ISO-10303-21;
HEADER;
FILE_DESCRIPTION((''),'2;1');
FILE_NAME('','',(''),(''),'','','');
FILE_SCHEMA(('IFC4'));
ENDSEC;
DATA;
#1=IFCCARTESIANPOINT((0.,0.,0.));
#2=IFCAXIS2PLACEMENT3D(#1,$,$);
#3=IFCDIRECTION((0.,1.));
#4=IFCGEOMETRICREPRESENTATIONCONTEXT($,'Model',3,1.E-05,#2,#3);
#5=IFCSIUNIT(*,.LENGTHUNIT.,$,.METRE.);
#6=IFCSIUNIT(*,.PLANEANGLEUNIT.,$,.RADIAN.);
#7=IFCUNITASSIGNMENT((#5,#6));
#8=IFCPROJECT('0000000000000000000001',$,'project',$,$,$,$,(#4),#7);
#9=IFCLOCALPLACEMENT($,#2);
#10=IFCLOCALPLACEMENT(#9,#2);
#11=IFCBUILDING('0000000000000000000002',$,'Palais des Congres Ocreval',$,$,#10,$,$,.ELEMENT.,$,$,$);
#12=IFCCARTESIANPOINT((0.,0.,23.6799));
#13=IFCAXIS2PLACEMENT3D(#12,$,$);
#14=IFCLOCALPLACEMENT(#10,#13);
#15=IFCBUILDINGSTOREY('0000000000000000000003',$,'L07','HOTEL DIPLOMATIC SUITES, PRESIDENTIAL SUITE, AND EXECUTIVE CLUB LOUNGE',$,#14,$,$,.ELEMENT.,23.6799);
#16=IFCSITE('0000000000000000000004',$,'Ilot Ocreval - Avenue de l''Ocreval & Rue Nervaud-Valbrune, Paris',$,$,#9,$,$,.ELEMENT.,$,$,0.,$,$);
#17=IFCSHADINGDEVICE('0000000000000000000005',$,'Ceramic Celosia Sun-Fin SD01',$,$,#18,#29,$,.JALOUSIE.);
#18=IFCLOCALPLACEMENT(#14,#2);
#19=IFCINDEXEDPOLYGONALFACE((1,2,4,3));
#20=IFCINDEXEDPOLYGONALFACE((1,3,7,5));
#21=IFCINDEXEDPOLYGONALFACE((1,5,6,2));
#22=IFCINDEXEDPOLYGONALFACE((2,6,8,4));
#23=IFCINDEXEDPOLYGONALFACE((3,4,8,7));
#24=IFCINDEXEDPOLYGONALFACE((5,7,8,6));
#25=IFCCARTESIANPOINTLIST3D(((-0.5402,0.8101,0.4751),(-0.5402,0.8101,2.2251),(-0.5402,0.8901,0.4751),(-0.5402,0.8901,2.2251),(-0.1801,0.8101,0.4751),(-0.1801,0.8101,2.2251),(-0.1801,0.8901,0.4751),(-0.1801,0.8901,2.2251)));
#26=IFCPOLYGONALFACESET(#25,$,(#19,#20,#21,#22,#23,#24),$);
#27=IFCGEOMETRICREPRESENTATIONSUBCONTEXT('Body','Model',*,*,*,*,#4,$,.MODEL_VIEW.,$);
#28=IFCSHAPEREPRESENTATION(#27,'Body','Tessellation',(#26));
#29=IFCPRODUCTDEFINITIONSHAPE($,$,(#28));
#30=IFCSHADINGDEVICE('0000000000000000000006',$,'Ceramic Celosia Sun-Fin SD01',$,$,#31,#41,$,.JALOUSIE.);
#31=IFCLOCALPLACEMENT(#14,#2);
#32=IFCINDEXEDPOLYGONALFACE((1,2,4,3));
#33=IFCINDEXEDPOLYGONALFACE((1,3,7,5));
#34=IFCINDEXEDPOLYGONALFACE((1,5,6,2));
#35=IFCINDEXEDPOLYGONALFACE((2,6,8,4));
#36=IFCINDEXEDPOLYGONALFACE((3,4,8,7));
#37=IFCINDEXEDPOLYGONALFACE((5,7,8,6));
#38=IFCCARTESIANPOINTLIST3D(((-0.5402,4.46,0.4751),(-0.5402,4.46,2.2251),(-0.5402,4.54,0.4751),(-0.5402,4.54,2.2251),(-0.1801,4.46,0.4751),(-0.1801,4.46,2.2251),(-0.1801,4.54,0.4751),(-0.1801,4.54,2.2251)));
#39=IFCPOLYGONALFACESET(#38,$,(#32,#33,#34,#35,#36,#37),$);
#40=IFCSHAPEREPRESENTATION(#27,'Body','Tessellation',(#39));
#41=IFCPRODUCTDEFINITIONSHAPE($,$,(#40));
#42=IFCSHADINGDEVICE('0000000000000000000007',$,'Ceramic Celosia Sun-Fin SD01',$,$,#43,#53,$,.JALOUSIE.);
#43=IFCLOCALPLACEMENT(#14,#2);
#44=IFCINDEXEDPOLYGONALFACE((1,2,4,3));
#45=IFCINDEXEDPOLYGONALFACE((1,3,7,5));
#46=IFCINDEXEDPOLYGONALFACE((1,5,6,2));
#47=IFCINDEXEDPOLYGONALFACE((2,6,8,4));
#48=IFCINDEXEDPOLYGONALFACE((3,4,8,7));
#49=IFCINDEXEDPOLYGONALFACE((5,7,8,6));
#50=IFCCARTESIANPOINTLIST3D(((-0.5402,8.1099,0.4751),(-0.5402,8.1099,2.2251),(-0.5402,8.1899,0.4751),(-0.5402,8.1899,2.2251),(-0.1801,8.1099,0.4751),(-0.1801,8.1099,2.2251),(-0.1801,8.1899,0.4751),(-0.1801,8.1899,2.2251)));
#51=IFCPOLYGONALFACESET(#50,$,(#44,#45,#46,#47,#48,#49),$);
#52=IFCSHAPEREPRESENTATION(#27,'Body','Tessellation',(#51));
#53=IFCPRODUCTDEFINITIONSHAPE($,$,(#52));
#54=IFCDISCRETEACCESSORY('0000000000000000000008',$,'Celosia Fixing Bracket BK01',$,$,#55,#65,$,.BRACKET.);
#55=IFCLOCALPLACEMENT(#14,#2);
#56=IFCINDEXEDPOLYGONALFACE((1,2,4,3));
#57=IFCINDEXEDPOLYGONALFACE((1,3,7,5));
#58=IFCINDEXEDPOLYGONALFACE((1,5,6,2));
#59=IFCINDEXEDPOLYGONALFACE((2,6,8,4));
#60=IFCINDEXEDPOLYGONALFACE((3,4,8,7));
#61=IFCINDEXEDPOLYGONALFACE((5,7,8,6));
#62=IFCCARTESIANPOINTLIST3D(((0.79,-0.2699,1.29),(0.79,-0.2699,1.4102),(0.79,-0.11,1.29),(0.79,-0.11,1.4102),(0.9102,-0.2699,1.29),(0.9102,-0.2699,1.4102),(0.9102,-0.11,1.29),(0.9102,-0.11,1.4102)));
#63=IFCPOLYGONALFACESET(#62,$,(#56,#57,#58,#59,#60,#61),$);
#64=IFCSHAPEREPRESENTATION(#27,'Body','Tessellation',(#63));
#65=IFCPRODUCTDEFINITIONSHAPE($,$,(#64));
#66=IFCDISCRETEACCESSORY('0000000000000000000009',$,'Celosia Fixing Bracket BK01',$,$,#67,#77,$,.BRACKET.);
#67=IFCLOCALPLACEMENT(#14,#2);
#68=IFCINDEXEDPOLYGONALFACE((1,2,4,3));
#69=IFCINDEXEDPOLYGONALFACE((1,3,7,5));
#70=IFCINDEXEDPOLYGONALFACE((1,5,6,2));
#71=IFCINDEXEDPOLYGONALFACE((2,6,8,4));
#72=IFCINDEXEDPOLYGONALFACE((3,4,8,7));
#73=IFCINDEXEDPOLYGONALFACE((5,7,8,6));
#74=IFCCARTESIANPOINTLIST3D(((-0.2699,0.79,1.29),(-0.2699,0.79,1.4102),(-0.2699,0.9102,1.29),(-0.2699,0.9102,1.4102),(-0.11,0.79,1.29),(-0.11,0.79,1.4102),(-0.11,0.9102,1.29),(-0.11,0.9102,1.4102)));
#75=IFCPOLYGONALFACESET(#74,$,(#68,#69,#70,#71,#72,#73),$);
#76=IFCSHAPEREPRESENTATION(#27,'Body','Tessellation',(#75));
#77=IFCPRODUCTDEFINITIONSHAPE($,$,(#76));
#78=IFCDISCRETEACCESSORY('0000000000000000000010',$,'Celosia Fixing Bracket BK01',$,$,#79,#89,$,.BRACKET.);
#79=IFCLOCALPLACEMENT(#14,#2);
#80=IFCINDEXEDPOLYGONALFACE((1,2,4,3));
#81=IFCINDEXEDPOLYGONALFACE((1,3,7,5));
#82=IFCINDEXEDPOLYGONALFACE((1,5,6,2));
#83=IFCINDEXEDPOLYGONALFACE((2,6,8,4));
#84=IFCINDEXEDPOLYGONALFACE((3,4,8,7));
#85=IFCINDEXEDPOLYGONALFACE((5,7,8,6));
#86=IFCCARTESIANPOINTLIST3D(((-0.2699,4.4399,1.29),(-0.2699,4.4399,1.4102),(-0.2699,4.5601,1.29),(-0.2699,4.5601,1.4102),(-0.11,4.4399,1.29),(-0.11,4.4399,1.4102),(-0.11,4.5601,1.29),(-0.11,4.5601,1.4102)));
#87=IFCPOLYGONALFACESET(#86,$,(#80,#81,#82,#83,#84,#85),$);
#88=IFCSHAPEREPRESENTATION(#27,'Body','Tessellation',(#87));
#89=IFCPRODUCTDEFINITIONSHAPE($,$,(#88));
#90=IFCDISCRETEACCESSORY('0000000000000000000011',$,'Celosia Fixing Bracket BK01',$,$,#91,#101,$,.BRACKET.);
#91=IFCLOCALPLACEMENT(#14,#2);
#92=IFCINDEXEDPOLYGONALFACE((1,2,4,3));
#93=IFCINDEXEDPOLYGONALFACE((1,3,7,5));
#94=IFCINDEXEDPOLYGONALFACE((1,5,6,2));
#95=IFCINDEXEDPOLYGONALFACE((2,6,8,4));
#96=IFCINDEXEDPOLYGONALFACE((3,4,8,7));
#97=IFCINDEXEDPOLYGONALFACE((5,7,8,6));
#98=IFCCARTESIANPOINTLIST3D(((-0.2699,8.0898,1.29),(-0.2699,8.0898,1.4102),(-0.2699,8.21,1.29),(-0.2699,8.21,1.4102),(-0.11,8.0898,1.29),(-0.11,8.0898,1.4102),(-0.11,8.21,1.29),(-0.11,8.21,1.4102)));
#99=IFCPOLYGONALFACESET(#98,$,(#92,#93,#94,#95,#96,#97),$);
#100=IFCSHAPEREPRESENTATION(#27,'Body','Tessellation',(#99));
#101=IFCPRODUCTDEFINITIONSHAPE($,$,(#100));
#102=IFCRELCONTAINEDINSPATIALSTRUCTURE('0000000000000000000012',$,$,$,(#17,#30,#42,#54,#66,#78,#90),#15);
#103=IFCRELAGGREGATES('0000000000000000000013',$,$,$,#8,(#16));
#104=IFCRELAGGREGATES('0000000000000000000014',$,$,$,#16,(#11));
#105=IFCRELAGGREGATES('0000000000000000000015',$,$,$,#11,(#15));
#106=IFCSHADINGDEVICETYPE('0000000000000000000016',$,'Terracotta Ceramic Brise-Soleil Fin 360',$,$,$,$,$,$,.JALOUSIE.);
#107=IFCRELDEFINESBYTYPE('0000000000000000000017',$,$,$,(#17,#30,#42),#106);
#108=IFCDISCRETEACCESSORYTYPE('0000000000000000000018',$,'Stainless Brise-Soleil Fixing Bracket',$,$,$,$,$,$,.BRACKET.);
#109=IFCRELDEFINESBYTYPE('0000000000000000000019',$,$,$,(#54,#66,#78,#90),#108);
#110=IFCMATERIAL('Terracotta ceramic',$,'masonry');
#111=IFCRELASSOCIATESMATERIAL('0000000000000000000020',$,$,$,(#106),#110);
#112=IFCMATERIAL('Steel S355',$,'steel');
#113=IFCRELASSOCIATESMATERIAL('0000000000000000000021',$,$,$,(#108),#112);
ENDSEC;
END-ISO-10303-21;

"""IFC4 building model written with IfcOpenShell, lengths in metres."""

from ifc_helpers import new_model, si_unit, direction, frame, origin, origin_2d, place, context, subcontext, project, spatial, rectangle, extrude, material, type_object, element, save


model = new_model("IFC4")

# Units and contexts
model_context = context("Model", 3, precision=1e-05, world=origin(), true_north=direction((0.0, 1.0)))
body_context = subcontext(model_context, "Body", "Model", "MODEL_VIEW")
ifc_project = project(units=[si_unit("LENGTHUNIT", "METRE"), si_unit("PLANEANGLEUNIT", "RADIAN")], contexts=[model_context])

# Site, building, storey
site_placement = place(None, origin())
site = spatial("IfcSite", under=ifc_project, at=site_placement, Name="Ilot Ocreval - Avenue de l'Ocreval & Rue Nervaud-Valbrune, Paris", CompositionType="ELEMENT", RefElevation=0.0)
building_placement = place(site_placement, origin())
building = spatial("IfcBuilding", under=site, at=building_placement, Name="Palais des Congres Ocreval", CompositionType="ELEMENT")
storey_placement = place(building_placement, frame((0.0, 0.0, 23.6799)))
storey = spatial("IfcBuildingStorey", under=building, at=storey_placement, Name="L07", Description="HOTEL DIPLOMATIC SUITES, PRESIDENTIAL SUITE, AND EXECUTIVE CLUB LOUNGE", CompositionType="ELEMENT", Elevation=23.6799)

# Shared definitions
ifc_material_1 = material(Name="Steel S355", Category="steel")

# Shading devices
ifc_material_2 = material(Name="Terracotta ceramic", Category="masonry")
shading_device_type = type_object("IfcShadingDeviceType", Name="Terracotta Ceramic Brise-Soleil Fin 360", PredefinedType="JALOUSIE", material=ifc_material_2)
for number, where, z_axis, x_axis, name in (
    (1, (-0.3601, 0.8501, 0.4751), (0.0, 0.0, 1.0), (-1.0, 0.0, 0.0), "Ceramic Celosia Sun-Fin SD01"),
    (2, (-0.3601, 4.5, 0.4751), (0.0, 0.0, 1.0), (-1.0, 0.0, 0.0), "Ceramic Celosia Sun-Fin SD01"),
    (3, (-0.3601, 8.1499, 0.4751), (0.0, 0.0, 1.0), (-1.0, 0.0, 0.0), "Ceramic Celosia Sun-Fin SD01"),
):
    element("IfcShadingDevice", number, at=place(storey_placement, frame(where, z_axis=z_axis, x_axis=x_axis)), inside=storey, type_object=shading_device_type, Name=name, PredefinedType="JALOUSIE", context=body_context, shape_type="SweptSolid", body=[
        extrude(rectangle(XDim=0.3601, YDim=0.0801, at=origin_2d()), origin(), (0.0, 0.0, 1.0), 1.75),
    ])

# Discrete accessories
discrete_accessory_type = type_object("IfcDiscreteAccessoryType", Name="Stainless Brise-Soleil Fixing Bracket", PredefinedType="BRACKET", material=ifc_material_1)
for number, where, z_axis, x_axis, name in (
    (4, (0.8501, -0.1899, 1.29), (0.0, 0.0, 1.0), (0.0, -1.0, 0.0), "Celosia Fixing Bracket BK01"),
    (5, (-0.1899, 0.8501, 1.29), (0.0, 0.0, 1.0), (-1.0, 0.0, 0.0), "Celosia Fixing Bracket BK01"),
    (6, (-0.1899, 4.5, 1.29), (0.0, 0.0, 1.0), (-1.0, 0.0, 0.0), "Celosia Fixing Bracket BK01"),
    (7, (-0.1899, 8.1499, 1.29), (0.0, 0.0, 1.0), (-1.0, 0.0, 0.0), "Celosia Fixing Bracket BK01"),
):
    element("IfcDiscreteAccessory", number, at=place(storey_placement, frame(where, z_axis=z_axis, x_axis=x_axis)), inside=storey, type_object=discrete_accessory_type, Name=name, PredefinedType="BRACKET", context=body_context, shape_type="SweptSolid", body=[
        extrude(rectangle(XDim=0.1599, YDim=0.1201, at=origin_2d()), origin(), (0.0, 0.0, 1.0), 0.1201),
    ])

save(model, "model.ifc")
